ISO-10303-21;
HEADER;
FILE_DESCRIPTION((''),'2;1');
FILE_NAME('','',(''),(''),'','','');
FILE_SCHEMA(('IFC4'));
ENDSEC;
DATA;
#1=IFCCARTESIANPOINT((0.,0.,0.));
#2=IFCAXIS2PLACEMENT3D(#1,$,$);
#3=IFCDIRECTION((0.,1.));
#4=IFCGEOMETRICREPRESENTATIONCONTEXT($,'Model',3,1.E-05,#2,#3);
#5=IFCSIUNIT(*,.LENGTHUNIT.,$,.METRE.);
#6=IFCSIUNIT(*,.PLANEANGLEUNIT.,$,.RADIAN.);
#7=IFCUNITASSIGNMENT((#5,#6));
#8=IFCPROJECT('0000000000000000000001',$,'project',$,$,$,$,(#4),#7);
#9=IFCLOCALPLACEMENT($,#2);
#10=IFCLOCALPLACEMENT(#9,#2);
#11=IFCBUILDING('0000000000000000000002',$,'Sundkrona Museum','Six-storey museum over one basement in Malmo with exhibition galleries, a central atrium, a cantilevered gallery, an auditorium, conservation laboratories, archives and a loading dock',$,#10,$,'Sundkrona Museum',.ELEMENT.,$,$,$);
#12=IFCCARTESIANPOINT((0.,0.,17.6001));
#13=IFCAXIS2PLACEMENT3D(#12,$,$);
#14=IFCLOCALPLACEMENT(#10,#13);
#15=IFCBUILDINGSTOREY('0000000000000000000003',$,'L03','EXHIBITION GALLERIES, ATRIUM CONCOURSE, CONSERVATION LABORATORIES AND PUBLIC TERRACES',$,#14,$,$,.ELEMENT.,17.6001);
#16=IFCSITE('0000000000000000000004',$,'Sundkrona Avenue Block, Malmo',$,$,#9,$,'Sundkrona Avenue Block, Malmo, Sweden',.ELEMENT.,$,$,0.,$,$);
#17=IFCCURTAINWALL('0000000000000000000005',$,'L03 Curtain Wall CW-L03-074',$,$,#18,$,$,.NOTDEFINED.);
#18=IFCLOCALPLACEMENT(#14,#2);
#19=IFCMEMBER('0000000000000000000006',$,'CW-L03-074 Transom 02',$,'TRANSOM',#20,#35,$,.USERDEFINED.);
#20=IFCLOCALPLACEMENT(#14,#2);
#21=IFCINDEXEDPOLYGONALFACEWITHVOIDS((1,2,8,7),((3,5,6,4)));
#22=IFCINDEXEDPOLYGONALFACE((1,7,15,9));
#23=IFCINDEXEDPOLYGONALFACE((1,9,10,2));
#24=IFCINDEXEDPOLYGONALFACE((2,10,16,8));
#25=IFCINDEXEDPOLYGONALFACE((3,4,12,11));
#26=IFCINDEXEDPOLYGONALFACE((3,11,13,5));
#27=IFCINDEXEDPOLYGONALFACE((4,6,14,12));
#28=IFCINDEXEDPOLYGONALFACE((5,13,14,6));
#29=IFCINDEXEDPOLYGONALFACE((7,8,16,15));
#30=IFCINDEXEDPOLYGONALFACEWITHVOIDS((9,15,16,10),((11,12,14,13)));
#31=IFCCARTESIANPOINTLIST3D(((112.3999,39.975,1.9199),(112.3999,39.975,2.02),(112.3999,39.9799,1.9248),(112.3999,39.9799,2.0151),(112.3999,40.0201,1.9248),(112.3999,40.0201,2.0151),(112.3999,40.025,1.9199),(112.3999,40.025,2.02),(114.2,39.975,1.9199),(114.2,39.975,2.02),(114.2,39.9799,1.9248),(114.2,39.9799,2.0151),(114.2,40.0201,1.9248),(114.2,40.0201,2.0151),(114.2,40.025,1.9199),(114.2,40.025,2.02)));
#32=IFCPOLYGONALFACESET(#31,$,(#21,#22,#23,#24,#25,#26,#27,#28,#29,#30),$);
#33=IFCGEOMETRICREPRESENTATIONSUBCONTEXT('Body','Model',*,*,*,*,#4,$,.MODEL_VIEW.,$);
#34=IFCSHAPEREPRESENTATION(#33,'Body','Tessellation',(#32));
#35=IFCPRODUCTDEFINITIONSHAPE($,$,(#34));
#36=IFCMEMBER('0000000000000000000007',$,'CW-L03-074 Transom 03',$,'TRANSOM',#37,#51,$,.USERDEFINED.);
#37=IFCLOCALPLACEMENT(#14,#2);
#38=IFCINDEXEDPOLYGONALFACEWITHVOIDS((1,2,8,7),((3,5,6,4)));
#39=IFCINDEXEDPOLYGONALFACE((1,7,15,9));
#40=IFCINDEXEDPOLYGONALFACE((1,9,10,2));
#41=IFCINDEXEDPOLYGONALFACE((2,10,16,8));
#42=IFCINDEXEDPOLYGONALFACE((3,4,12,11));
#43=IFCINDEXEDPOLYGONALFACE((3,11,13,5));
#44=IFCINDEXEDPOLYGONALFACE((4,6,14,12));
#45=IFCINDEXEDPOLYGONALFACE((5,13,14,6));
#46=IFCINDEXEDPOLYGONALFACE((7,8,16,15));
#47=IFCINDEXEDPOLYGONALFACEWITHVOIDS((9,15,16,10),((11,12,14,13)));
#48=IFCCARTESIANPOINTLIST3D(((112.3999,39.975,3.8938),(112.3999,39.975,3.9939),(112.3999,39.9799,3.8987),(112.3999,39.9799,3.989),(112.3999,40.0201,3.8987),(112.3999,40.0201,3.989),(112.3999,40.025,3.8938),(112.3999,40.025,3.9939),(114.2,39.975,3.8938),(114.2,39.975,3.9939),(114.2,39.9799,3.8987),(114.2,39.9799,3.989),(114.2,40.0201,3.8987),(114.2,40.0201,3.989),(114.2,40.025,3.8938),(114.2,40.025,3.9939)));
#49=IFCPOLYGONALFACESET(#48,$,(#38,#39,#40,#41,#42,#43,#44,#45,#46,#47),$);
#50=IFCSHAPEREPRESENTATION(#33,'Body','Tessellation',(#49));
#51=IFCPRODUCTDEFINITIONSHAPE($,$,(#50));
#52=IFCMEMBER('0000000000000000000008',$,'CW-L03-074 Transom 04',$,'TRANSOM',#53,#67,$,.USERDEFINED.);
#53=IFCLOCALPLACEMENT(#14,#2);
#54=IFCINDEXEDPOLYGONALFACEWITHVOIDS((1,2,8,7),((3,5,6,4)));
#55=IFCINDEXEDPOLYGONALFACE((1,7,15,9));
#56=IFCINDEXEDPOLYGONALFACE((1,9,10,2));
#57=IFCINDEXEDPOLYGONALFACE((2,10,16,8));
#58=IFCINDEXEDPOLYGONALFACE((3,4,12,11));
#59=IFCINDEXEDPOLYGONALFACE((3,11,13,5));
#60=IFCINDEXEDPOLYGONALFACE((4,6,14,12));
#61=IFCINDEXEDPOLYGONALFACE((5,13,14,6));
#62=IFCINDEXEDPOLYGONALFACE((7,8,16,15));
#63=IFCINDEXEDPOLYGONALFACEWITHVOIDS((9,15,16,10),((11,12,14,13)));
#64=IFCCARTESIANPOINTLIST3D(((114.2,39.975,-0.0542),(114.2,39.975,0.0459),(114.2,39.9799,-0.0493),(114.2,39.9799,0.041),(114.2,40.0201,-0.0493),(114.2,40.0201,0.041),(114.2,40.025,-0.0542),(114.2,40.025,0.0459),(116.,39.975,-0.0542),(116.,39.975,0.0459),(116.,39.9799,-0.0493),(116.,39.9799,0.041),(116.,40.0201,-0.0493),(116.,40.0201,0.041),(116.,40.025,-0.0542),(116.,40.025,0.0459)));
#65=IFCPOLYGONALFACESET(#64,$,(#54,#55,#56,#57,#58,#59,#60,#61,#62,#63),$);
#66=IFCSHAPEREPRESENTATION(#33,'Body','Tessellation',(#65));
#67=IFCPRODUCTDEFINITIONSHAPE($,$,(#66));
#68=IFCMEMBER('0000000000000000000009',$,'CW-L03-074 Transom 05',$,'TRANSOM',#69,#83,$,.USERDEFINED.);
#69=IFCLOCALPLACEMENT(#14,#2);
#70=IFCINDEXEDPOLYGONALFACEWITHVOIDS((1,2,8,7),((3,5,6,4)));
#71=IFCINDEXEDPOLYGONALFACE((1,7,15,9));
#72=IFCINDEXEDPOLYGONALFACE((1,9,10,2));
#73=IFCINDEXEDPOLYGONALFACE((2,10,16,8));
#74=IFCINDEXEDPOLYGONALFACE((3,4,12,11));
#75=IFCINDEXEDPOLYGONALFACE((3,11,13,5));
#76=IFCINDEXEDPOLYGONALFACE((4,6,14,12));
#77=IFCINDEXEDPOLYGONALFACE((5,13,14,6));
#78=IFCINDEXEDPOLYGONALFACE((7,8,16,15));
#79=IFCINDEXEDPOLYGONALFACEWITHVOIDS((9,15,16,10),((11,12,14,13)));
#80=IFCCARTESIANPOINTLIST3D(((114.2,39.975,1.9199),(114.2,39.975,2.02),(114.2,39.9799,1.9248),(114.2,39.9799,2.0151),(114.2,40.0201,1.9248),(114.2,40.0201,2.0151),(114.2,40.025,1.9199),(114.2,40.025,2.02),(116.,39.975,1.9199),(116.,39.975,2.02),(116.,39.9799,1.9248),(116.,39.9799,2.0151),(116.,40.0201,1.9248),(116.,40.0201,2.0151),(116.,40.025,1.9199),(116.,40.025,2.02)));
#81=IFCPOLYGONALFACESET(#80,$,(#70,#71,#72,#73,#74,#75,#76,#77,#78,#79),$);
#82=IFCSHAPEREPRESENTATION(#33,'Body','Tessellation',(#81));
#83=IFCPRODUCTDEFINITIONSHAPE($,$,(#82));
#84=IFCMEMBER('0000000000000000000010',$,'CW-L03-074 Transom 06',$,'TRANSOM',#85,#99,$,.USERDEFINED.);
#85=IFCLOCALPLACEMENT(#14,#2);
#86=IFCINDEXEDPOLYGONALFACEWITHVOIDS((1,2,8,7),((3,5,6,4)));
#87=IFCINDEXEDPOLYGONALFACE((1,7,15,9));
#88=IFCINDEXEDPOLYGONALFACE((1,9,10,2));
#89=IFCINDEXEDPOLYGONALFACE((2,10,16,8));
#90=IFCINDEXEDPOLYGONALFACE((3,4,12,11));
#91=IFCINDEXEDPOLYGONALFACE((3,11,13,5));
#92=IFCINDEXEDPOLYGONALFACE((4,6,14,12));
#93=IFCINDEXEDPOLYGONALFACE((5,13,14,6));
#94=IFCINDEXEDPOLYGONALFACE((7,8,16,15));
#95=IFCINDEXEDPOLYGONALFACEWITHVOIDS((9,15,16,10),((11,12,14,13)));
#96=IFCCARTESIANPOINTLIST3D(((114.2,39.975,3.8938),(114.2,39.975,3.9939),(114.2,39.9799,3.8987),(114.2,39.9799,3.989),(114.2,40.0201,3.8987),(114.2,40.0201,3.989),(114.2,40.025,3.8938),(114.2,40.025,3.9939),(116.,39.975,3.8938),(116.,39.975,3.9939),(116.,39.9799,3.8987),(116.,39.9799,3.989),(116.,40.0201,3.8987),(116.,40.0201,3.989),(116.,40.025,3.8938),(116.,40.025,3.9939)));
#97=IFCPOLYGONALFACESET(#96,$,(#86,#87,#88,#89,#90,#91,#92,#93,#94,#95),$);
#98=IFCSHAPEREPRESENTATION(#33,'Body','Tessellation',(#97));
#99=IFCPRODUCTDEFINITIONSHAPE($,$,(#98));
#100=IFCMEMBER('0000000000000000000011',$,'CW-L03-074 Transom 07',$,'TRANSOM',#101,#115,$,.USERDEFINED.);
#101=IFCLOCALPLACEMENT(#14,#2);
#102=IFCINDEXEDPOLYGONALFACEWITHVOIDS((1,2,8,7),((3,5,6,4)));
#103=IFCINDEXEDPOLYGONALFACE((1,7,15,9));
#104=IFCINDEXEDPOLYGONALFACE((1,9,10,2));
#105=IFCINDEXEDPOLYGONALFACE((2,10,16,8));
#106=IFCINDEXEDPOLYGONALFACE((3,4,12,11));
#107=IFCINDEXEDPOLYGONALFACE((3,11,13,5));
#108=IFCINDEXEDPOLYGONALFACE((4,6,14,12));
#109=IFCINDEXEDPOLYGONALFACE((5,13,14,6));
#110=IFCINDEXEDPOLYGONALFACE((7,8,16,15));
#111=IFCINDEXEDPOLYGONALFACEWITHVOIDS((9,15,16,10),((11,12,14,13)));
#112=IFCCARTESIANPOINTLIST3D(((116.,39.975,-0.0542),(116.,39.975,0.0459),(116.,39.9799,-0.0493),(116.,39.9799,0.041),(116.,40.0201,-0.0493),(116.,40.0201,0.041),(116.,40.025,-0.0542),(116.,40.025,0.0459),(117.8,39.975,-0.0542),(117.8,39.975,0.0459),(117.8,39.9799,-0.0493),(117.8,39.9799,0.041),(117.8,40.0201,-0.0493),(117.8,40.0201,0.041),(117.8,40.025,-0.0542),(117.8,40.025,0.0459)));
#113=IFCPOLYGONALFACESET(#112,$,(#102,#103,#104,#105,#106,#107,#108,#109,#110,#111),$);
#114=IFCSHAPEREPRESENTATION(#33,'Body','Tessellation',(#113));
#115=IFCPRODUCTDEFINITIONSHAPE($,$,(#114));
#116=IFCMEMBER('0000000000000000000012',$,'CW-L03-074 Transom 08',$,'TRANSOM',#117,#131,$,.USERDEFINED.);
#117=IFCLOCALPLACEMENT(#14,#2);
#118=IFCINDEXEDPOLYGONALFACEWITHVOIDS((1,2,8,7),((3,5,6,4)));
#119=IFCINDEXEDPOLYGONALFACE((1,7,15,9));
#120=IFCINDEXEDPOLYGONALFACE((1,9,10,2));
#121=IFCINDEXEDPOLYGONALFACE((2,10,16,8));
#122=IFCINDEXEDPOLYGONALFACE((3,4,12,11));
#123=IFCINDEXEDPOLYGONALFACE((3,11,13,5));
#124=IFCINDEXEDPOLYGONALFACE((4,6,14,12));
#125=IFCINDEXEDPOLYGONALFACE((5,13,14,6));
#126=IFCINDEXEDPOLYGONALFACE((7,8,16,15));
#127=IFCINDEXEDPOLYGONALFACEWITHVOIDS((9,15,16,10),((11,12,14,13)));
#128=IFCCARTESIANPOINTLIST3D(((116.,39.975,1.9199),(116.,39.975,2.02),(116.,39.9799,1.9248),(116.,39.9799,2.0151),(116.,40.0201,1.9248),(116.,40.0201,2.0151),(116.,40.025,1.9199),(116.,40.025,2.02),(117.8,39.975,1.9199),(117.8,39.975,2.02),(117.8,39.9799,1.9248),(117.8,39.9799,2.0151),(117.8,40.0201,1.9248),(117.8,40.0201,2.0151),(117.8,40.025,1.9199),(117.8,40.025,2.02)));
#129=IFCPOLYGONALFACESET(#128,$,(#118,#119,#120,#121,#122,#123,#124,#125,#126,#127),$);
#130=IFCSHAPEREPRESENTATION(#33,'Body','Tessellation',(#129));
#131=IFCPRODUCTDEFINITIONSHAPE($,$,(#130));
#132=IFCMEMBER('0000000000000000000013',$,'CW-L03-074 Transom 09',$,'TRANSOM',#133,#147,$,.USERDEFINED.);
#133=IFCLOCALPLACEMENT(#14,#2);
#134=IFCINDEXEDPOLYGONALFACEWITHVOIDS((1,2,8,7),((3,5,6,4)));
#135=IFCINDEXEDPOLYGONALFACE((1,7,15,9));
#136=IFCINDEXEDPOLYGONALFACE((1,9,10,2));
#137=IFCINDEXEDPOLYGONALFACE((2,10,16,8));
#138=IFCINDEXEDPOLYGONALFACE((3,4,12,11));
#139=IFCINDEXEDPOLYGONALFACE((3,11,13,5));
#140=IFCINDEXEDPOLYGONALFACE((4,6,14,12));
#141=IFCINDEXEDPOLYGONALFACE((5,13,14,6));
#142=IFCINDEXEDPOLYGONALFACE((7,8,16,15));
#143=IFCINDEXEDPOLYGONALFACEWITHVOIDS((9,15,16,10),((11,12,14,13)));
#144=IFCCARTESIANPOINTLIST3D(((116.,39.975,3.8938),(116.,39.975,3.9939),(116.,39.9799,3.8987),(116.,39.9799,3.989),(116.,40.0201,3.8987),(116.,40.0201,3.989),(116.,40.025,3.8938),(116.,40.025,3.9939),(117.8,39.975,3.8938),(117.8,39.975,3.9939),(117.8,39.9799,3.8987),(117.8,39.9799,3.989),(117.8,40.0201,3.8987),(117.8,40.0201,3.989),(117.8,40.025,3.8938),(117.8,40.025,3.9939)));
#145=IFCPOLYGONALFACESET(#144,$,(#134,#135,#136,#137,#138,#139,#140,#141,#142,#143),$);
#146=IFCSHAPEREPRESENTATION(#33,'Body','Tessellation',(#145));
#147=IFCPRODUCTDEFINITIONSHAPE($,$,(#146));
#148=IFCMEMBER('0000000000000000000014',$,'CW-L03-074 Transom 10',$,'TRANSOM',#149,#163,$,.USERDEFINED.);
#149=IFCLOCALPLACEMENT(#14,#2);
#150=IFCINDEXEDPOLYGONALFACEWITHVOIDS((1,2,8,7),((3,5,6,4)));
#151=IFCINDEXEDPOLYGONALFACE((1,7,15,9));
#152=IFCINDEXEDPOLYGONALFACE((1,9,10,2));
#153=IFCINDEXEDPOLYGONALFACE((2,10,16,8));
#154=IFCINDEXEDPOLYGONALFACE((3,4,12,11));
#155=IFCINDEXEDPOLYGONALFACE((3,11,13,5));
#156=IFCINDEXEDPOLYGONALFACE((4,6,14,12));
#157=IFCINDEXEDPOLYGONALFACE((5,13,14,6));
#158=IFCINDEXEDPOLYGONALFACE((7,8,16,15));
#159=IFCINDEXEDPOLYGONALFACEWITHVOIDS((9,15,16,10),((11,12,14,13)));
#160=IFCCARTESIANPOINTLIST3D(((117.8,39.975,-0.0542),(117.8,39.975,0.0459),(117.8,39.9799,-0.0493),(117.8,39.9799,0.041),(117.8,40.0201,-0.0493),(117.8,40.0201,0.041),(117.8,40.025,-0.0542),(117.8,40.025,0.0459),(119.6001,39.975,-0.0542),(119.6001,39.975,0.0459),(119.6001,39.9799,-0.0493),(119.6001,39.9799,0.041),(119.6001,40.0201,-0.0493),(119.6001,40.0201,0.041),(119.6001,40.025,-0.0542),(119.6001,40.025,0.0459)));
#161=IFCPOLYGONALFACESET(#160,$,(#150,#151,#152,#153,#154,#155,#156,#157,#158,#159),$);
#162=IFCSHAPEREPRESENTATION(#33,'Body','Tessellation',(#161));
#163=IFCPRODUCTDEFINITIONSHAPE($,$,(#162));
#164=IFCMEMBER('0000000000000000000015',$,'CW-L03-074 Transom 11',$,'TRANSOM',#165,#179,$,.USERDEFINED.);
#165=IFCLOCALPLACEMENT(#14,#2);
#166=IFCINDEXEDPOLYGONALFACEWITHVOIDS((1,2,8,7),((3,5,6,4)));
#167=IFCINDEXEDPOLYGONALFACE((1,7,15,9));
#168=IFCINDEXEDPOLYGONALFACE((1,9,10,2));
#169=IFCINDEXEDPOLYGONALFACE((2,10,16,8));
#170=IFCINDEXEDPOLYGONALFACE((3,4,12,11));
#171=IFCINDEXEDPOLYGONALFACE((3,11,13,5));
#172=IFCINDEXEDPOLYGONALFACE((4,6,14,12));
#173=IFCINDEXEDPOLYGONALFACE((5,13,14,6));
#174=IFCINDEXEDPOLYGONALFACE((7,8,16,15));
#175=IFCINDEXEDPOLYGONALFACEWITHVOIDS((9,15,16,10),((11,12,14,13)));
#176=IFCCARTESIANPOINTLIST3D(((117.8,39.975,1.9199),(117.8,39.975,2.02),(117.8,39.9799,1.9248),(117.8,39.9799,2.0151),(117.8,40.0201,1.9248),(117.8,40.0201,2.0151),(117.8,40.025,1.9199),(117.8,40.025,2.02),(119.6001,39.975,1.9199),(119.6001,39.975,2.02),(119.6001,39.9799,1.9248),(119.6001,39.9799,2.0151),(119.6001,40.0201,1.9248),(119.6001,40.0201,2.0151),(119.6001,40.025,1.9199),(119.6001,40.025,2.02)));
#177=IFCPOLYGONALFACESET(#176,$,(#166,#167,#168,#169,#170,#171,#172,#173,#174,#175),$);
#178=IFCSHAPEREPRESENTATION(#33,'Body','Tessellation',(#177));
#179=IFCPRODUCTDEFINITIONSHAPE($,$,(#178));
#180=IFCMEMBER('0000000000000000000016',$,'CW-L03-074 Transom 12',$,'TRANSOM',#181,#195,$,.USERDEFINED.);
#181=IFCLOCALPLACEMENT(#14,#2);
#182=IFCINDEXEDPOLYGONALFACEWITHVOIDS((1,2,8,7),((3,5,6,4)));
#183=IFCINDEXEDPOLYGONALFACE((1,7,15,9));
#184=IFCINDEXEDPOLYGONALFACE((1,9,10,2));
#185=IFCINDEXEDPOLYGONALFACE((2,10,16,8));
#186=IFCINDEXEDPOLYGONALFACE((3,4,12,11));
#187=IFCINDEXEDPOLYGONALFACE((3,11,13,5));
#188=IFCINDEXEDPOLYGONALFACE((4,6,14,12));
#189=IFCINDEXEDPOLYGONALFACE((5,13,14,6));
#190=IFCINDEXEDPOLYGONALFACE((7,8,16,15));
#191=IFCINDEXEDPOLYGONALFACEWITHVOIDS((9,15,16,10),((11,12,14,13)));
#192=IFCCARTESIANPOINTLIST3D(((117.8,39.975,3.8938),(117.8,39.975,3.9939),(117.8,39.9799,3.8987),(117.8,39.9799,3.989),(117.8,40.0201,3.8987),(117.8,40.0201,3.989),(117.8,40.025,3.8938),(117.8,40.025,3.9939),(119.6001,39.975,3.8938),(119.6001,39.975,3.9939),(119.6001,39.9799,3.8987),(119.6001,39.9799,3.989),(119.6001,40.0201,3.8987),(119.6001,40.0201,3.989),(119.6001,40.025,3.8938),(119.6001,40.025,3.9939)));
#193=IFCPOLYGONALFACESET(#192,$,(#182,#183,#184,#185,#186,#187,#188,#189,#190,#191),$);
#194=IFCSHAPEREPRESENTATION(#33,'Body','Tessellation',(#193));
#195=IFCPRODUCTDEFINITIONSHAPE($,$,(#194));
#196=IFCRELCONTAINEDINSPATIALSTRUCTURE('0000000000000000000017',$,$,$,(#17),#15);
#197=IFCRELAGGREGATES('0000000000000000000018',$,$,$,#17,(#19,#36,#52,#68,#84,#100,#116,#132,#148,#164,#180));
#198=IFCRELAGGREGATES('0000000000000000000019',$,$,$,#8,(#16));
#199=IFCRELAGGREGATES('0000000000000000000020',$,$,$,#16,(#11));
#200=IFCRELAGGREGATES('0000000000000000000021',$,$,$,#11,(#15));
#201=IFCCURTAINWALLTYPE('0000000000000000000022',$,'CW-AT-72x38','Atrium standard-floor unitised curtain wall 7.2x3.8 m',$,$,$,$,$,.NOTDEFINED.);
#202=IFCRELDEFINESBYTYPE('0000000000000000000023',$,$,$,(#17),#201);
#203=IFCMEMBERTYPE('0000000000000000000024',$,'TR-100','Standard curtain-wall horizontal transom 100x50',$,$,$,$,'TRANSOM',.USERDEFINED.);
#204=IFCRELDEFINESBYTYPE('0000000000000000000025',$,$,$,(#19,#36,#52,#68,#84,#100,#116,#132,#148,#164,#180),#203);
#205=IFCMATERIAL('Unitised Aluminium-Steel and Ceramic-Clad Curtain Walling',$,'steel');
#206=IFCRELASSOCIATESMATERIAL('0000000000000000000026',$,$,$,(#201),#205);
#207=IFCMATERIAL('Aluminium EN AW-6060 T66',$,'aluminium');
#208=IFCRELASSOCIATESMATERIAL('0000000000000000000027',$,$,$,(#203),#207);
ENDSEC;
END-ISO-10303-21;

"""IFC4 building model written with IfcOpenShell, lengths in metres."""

from ifc_helpers import new_model, si_unit, direction, frame, origin, origin_2d, place, context, subcontext, project, spatial, hollow_rectangle, extrude, material, material_profile, profile_set, type_object, element, aggregate, save


model = new_model("IFC4")

# Units and contexts
model_context = context("Model", 3, precision=1e-05, world=origin(), true_north=direction((0.0, 1.0)))
body_context = subcontext(model_context, "Body", "Model", "MODEL_VIEW")
ifc_project = project(units=[si_unit("LENGTHUNIT", "METRE"), si_unit("PLANEANGLEUNIT", "RADIAN")], contexts=[model_context])

# Site, building, storey
site_placement = place(None, origin())
site = spatial("IfcSite", under=ifc_project, at=site_placement, Name="Sundkrona Avenue Block, Malmo", LongName="Sundkrona Avenue Block, Malmo, Sweden", CompositionType="ELEMENT", RefElevation=0.0)
building_placement = place(site_placement, origin())
building = spatial("IfcBuilding", under=site, at=building_placement, Name="Sundkrona Museum", Description="Six-storey museum over one basement in Malmo with exhibition galleries, a central atrium, a cantilevered gallery, an auditorium, conservation laboratories, archives and a loading dock", LongName="Sundkrona Museum", CompositionType="ELEMENT")
storey_placement = place(building_placement, frame((0.0, 0.0, 17.6001)))
storey = spatial("IfcBuildingStorey", under=building, at=storey_placement, Name="L03", Description="EXHIBITION GALLERIES, ATRIUM CONCOURSE, CONSERVATION LABORATORIES AND PUBLIC TERRACES", CompositionType="ELEMENT", Elevation=17.6001)

# Curtain wall
ifc_material_1 = material(Name="Unitised Aluminium-Steel and Ceramic-Clad Curtain Walling", Category="steel")
curtain_wall_type = type_object("IfcCurtainWallType", Name="CW-AT-72x38", Description="Atrium standard-floor unitised curtain wall 7.2x3.8 m", PredefinedType="NOTDEFINED", material=ifc_material_1)
curtain_wall_placement = place(storey_placement, origin())
curtain_wall = element("IfcCurtainWall", 1, at=curtain_wall_placement, inside=storey, type_object=curtain_wall_type, Name="L03 Curtain Wall CW-L03-074", PredefinedType="NOTDEFINED")
ifc_material_2 = material(Name="Aluminium EN AW-6060 T66", Category="aluminium")

# Members
ifc_material_profile_1 = material_profile(ifc_material_2, hollow_rectangle(XDim=0.05, YDim=0.1001, WallThickness=0.0049, at=origin_2d()), Name="RHS 100x50x5.0")
ifc_profile_set_1 = profile_set([ifc_material_profile_1], Name="Aluminium EN AW-6060 T66")
member_type_1 = type_object("IfcMemberType", Name="TR-100", Description="Standard curtain-wall horizontal transom 100x50", ElementType="TRANSOM", PredefinedType="USERDEFINED", material=ifc_profile_set_1)
member_1_placement = place(storey_placement, frame((112.3999, 40.0, 1.97), z_axis=(1.0, 0.0, 0.0), x_axis=(0.0, 1.0, 0.0)))
member_1 = element("IfcMember", 2, at=member_1_placement, type_object=member_type_1, Name="CW-L03-074 Transom 02", ObjectType="TRANSOM", PredefinedType="USERDEFINED", context=body_context, shape_type="SweptSolid", body=[
    extrude(hollow_rectangle(XDim=0.05, YDim=0.1001, WallThickness=0.0049, at=origin_2d()), origin(), (0.0, 0.0, 1.0), 1.8),
])
member_2_placement = place(storey_placement, frame((112.3999, 40.0, 3.9438), z_axis=(1.0, 0.0, 0.0), x_axis=(0.0, 1.0, 0.0)))
member_2 = element("IfcMember", 3, at=member_2_placement, type_object=member_type_1, Name="CW-L03-074 Transom 03", ObjectType="TRANSOM", PredefinedType="USERDEFINED", context=body_context, shape_type="SweptSolid", body=[
    extrude(hollow_rectangle(XDim=0.05, YDim=0.1001, WallThickness=0.0049, at=origin_2d()), origin(), (0.0, 0.0, 1.0), 1.8),
])
member_3_placement = place(storey_placement, frame((114.2, 40.0, -0.0042), z_axis=(1.0, 0.0, 0.0), x_axis=(0.0, 1.0, 0.0)))
member_3 = element("IfcMember", 4, at=member_3_placement, type_object=member_type_1, Name="CW-L03-074 Transom 04", ObjectType="TRANSOM", PredefinedType="USERDEFINED", context=body_context, shape_type="SweptSolid", body=[
    extrude(hollow_rectangle(XDim=0.05, YDim=0.1001, WallThickness=0.0049, at=origin_2d()), origin(), (0.0, 0.0, 1.0), 1.8),
])
member_4_placement = place(storey_placement, frame((114.2, 40.0, 1.97), z_axis=(1.0, 0.0, 0.0), x_axis=(0.0, 1.0, 0.0)))
member_4 = element("IfcMember", 5, at=member_4_placement, type_object=member_type_1, Name="CW-L03-074 Transom 05", ObjectType="TRANSOM", PredefinedType="USERDEFINED", context=body_context, shape_type="SweptSolid", body=[
    extrude(hollow_rectangle(XDim=0.05, YDim=0.1001, WallThickness=0.0049, at=origin_2d()), origin(), (0.0, 0.0, 1.0), 1.8),
])
member_5_placement = place(storey_placement, frame((114.2, 40.0, 3.9438), z_axis=(1.0, 0.0, 0.0), x_axis=(0.0, 1.0, 0.0)))
member_5 = element("IfcMember", 6, at=member_5_placement, type_object=member_type_1, Name="CW-L03-074 Transom 06", ObjectType="TRANSOM", PredefinedType="USERDEFINED", context=body_context, shape_type="SweptSolid", body=[
    extrude(hollow_rectangle(XDim=0.05, YDim=0.1001, WallThickness=0.0049, at=origin_2d()), origin(), (0.0, 0.0, 1.0), 1.8),
])
member_6_placement = place(storey_placement, frame((116.0, 40.0, -0.0042), z_axis=(1.0, 0.0, 0.0), x_axis=(0.0, 1.0, 0.0)))
member_6 = element("IfcMember", 7, at=member_6_placement, type_object=member_type_1, Name="CW-L03-074 Transom 07", ObjectType="TRANSOM", PredefinedType="USERDEFINED", context=body_context, shape_type="SweptSolid", body=[
    extrude(hollow_rectangle(XDim=0.05, YDim=0.1001, WallThickness=0.0049, at=origin_2d()), origin(), (0.0, 0.0, 1.0), 1.8),
])
member_7_placement = place(storey_placement, frame((116.0, 40.0, 1.97), z_axis=(1.0, 0.0, 0.0), x_axis=(0.0, 1.0, 0.0)))
member_7 = element("IfcMember", 8, at=member_7_placement, type_object=member_type_1, Name="CW-L03-074 Transom 08", ObjectType="TRANSOM", PredefinedType="USERDEFINED", context=body_context, shape_type="SweptSolid", body=[
    extrude(hollow_rectangle(XDim=0.05, YDim=0.1001, WallThickness=0.0049, at=origin_2d()), origin(), (0.0, 0.0, 1.0), 1.8),
])
member_8_placement = place(storey_placement, frame((116.0, 40.0, 3.9438), z_axis=(1.0, 0.0, 0.0), x_axis=(0.0, 1.0, 0.0)))
member_8 = element("IfcMember", 9, at=member_8_placement, type_object=member_type_1, Name="CW-L03-074 Transom 09", ObjectType="TRANSOM", PredefinedType="USERDEFINED", context=body_context, shape_type="SweptSolid", body=[
    extrude(hollow_rectangle(XDim=0.05, YDim=0.1001, WallThickness=0.0049, at=origin_2d()), origin(), (0.0, 0.0, 1.0), 1.8),
])
member_9_placement = place(storey_placement, frame((117.8, 40.0, -0.0042), z_axis=(1.0, 0.0, 0.0), x_axis=(0.0, 1.0, 0.0)))
member_9 = element("IfcMember", 10, at=member_9_placement, type_object=member_type_1, Name="CW-L03-074 Transom 10", ObjectType="TRANSOM", PredefinedType="USERDEFINED", context=body_context, shape_type="SweptSolid", body=[
    extrude(hollow_rectangle(XDim=0.05, YDim=0.1001, WallThickness=0.0049, at=origin_2d()), origin(), (0.0, 0.0, 1.0), 1.8),
])
member_10_placement = place(storey_placement, frame((117.8, 40.0, 1.97), z_axis=(1.0, 0.0, 0.0), x_axis=(0.0, 1.0, 0.0)))
member_10 = element("IfcMember", 11, at=member_10_placement, type_object=member_type_1, Name="CW-L03-074 Transom 11", ObjectType="TRANSOM", PredefinedType="USERDEFINED", context=body_context, shape_type="SweptSolid", body=[
    extrude(hollow_rectangle(XDim=0.05, YDim=0.1001, WallThickness=0.0049, at=origin_2d()), origin(), (0.0, 0.0, 1.0), 1.8),
])
member_11_placement = place(storey_placement, frame((117.8, 40.0, 3.9438), z_axis=(1.0, 0.0, 0.0), x_axis=(0.0, 1.0, 0.0)))
member_11 = element("IfcMember", 12, at=member_11_placement, type_object=member_type_1, Name="CW-L03-074 Transom 12", ObjectType="TRANSOM", PredefinedType="USERDEFINED", context=body_context, shape_type="SweptSolid", body=[
    extrude(hollow_rectangle(XDim=0.05, YDim=0.1001, WallThickness=0.0049, at=origin_2d()), origin(), (0.0, 0.0, 1.0), 1.8),
])

aggregate(curtain_wall, [member_1, member_2, member_3, member_4, member_5, member_6, member_7, member_8, member_9, member_10, member_11])

save(model, "model.ifc")
